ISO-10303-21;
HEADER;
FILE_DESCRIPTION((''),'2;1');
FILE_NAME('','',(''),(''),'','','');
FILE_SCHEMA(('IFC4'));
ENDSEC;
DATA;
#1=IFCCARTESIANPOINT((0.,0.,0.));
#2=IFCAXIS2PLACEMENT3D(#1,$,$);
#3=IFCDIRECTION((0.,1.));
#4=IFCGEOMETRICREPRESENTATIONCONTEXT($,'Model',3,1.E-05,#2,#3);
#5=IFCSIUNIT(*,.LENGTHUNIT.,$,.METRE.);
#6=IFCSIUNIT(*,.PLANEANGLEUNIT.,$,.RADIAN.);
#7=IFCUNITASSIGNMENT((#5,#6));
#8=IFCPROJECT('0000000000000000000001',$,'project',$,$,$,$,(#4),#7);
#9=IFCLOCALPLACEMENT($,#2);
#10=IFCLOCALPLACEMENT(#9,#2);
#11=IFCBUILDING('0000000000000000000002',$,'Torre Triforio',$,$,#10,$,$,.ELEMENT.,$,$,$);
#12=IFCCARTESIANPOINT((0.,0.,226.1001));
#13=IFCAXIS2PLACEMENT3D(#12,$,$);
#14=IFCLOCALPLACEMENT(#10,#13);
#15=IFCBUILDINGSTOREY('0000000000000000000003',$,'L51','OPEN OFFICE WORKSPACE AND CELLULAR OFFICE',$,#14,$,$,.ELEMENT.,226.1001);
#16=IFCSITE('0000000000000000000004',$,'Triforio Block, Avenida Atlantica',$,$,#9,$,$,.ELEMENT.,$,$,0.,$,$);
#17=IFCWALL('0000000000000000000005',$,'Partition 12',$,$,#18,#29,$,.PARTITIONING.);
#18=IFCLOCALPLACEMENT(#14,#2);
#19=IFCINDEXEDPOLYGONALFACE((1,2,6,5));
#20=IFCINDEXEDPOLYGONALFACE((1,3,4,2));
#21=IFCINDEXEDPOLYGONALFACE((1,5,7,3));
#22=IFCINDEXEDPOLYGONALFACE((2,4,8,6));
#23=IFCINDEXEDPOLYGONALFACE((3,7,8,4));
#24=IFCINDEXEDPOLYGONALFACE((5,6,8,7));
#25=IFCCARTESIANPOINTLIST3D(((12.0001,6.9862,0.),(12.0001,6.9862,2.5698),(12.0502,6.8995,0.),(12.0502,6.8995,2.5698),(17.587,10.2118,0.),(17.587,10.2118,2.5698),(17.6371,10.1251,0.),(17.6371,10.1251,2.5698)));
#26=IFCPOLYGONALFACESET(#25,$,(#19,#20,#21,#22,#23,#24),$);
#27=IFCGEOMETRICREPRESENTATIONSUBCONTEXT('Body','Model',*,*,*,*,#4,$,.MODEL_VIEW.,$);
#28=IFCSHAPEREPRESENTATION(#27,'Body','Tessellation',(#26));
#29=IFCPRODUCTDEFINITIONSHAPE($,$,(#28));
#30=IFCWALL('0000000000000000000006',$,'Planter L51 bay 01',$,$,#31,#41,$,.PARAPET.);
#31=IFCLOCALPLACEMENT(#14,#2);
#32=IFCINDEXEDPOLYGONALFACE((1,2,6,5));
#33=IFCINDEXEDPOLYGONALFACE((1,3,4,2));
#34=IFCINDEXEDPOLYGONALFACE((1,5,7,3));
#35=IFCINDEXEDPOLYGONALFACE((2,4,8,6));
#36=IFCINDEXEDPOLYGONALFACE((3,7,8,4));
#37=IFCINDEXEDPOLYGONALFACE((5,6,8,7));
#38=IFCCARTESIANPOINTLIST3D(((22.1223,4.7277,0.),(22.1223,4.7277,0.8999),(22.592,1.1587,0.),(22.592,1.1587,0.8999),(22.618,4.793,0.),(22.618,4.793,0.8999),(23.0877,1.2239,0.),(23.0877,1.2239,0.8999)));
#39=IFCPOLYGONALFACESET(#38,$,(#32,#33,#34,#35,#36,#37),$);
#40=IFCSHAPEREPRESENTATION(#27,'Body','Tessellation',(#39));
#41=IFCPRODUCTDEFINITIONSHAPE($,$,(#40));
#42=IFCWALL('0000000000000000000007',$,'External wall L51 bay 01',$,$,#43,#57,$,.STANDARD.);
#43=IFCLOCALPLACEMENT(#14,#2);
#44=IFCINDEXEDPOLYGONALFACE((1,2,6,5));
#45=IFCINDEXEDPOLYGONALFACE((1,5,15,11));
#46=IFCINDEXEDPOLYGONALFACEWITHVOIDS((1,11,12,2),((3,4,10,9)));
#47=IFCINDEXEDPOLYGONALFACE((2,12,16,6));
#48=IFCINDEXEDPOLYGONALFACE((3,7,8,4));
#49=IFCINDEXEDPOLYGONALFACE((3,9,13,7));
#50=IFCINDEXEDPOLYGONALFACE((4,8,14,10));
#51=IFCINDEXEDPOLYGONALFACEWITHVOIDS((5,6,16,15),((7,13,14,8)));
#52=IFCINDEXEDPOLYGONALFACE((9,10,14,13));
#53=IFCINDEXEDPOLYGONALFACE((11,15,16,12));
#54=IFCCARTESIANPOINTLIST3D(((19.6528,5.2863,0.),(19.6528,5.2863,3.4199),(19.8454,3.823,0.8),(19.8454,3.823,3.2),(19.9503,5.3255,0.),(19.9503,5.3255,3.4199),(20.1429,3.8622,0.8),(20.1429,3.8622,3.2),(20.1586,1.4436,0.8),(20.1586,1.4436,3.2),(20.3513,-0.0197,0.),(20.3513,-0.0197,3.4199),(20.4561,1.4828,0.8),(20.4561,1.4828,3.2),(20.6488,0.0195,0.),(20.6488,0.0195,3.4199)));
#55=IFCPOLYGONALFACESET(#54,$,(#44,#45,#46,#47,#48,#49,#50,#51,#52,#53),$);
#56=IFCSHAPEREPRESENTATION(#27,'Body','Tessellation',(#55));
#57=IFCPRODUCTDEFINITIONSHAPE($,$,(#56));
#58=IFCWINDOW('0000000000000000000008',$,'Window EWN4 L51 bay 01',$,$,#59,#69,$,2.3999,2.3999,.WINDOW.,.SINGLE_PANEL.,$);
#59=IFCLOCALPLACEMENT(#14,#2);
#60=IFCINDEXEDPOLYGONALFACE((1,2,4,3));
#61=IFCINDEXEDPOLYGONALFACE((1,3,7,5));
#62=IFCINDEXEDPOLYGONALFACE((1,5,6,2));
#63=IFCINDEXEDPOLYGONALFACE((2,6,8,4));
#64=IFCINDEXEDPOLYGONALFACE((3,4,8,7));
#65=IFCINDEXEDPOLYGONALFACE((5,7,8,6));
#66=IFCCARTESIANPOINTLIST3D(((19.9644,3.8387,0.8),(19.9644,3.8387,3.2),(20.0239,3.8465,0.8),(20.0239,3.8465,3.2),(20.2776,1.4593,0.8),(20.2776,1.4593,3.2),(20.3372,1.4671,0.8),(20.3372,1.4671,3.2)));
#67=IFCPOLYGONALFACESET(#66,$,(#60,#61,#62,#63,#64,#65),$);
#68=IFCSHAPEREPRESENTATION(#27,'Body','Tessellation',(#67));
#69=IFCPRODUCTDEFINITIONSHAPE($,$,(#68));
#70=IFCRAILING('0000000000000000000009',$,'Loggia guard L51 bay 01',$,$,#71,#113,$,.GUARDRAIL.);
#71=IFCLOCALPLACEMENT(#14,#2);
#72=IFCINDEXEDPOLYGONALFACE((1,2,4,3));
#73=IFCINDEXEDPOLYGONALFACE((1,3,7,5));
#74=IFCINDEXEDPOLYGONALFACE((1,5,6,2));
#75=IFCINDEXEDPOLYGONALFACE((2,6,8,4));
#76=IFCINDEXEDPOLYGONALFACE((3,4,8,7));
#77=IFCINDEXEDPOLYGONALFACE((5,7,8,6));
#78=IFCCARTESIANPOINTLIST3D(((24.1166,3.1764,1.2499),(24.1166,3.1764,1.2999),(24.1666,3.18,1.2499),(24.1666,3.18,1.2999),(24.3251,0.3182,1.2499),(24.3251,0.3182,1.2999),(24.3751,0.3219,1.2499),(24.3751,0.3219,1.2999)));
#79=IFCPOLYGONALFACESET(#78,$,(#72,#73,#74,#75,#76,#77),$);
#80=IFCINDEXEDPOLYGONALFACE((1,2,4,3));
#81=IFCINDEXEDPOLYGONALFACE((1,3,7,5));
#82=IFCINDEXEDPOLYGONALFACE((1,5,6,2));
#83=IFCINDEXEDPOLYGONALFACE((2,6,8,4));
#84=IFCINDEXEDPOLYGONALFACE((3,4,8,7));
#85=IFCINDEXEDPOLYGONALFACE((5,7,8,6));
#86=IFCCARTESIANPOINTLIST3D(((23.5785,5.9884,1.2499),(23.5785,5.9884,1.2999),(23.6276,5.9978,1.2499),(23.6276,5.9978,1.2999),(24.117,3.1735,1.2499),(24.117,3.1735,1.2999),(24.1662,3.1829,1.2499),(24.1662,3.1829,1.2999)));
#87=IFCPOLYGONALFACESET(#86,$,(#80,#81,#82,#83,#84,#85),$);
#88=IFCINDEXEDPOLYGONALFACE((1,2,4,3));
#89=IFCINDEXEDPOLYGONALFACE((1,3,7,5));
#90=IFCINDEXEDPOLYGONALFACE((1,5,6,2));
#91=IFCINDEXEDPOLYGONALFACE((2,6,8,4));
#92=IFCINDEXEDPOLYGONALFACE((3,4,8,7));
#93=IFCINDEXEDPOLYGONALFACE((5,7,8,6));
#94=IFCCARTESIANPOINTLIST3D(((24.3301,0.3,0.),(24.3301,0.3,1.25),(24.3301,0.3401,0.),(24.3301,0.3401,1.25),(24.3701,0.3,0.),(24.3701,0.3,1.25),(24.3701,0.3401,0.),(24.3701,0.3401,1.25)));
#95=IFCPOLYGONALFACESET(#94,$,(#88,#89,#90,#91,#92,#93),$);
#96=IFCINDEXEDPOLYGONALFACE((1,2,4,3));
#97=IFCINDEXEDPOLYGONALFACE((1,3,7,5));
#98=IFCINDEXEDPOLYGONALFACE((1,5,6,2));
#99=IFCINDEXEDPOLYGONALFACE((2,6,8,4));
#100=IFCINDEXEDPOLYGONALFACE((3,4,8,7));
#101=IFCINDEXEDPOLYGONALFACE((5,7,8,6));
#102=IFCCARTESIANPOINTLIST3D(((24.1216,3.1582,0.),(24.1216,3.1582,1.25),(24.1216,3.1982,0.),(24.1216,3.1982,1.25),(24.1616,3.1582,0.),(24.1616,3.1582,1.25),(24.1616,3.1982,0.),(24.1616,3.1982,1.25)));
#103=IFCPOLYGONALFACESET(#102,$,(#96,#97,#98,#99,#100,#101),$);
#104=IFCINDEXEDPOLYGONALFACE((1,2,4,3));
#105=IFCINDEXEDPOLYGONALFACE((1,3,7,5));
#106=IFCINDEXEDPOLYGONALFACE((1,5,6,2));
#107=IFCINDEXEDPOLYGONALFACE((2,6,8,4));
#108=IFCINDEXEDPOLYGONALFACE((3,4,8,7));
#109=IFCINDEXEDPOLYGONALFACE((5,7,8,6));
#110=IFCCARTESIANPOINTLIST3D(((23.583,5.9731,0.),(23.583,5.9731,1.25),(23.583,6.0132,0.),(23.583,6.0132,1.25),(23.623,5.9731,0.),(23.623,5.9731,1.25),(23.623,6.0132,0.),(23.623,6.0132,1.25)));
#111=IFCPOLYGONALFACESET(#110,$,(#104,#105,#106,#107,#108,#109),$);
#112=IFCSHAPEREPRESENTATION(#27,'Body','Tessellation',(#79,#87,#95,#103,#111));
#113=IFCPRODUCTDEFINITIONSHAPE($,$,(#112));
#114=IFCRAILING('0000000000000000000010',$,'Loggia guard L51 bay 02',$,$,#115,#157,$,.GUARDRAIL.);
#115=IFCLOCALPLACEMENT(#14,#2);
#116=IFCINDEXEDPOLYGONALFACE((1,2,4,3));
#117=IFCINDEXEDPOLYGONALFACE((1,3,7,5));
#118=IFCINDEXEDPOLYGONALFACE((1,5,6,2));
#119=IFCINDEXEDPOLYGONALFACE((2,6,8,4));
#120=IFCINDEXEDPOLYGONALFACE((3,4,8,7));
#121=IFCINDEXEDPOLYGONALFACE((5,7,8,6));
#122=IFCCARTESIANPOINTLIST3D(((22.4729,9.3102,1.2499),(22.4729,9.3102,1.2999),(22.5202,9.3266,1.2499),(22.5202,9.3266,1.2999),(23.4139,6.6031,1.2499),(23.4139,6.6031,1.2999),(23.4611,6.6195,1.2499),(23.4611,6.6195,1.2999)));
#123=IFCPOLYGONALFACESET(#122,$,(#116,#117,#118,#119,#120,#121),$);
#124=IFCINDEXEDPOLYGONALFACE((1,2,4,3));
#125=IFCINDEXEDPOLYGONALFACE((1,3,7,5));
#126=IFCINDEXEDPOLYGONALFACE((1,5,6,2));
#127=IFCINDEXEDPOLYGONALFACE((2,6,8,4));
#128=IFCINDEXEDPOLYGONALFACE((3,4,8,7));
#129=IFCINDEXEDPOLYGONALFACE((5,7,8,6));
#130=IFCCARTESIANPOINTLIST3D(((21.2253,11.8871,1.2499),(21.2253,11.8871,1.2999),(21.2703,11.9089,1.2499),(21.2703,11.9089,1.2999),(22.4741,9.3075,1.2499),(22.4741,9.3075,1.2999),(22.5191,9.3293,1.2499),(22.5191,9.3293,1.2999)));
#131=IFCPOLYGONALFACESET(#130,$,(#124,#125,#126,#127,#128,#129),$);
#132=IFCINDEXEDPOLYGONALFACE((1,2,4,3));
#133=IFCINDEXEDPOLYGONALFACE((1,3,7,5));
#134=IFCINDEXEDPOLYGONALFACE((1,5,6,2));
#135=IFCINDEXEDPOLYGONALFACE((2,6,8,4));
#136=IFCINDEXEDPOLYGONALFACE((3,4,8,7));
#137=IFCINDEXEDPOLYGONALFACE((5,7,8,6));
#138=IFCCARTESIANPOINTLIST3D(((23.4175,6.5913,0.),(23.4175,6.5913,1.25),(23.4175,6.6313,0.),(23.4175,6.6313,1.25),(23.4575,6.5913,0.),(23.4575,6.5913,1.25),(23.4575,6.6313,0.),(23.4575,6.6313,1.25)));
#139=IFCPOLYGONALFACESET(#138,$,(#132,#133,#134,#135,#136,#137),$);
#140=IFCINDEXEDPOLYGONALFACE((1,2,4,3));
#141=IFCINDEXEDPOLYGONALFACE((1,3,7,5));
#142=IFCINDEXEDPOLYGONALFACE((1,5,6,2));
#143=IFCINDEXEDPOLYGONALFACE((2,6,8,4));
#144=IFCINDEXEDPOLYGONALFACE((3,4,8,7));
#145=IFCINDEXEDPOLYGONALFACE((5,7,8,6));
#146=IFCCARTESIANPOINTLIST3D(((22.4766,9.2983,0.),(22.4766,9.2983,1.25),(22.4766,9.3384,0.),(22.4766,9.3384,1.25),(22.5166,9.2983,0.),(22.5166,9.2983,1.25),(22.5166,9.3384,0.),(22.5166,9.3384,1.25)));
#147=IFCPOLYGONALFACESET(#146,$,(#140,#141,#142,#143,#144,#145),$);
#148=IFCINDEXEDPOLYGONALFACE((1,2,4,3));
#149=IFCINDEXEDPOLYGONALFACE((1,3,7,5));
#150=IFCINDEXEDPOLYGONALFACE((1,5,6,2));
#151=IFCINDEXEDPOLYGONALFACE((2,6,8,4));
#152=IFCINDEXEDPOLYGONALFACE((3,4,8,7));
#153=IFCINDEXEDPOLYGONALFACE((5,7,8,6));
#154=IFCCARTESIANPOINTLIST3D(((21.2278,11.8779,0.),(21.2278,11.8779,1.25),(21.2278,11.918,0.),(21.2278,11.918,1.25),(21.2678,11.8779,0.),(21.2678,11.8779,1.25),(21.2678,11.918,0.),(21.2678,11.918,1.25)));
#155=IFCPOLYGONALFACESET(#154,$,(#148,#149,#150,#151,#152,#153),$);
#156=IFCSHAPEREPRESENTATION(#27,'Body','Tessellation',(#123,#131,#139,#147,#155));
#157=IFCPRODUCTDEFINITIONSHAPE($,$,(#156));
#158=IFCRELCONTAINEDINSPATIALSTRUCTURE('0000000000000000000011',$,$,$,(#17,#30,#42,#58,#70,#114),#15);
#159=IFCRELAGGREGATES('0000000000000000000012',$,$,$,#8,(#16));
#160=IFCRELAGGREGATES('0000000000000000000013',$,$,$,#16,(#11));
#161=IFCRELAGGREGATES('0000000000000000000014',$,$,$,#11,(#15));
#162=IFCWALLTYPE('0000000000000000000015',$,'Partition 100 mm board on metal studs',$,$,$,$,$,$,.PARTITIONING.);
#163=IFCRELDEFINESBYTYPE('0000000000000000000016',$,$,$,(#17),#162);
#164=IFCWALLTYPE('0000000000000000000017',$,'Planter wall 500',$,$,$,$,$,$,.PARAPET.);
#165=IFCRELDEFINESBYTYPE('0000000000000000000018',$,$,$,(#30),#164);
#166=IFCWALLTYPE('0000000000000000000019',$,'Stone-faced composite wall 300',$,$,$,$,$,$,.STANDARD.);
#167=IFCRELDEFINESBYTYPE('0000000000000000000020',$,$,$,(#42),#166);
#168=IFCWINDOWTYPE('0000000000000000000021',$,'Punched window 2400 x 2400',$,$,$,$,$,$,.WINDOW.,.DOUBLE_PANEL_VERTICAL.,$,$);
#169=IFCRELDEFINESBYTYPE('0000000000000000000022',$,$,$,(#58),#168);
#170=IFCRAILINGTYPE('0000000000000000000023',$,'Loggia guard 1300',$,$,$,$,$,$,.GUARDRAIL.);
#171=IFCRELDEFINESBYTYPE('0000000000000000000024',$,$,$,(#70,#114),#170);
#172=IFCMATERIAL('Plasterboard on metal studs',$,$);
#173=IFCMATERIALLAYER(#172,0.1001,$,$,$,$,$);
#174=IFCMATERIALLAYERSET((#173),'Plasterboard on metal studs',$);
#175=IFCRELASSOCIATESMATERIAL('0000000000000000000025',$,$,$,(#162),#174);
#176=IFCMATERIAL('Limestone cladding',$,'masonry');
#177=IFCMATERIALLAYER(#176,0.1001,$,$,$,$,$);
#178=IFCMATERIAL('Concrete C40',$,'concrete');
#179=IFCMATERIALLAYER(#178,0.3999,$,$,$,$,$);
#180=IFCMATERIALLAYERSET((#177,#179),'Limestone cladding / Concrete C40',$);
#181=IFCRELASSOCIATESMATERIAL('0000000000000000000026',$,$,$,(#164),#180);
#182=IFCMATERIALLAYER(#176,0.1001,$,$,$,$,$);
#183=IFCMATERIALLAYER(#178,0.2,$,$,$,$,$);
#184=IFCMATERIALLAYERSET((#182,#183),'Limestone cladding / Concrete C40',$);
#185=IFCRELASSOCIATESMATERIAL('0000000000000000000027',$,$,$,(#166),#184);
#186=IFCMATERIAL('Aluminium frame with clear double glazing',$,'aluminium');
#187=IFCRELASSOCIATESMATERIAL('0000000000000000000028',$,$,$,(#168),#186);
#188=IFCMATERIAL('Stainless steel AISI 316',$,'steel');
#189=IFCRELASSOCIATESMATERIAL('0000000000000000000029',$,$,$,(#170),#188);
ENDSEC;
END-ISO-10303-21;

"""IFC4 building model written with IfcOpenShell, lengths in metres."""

from ifc_helpers import new_model, si_unit, direction, frame, frame_2d, origin, origin_2d, place, context, subcontext, project, spatial, rectangle, extrude, material, layer, layer_set, type_object, element, fill, save


model = new_model("IFC4")

# Units and contexts
model_context = context("Model", 3, precision=1e-05, world=origin(), true_north=direction((0.0, 1.0)))
body_context = subcontext(model_context, "Body", "Model", "MODEL_VIEW")
ifc_project = project(units=[si_unit("LENGTHUNIT", "METRE"), si_unit("PLANEANGLEUNIT", "RADIAN")], contexts=[model_context])

# Site, building, storey
site_placement = place(None, origin())
site = spatial("IfcSite", under=ifc_project, at=site_placement, Name="Triforio Block, Avenida Atlantica", CompositionType="ELEMENT", RefElevation=0.0)
building_placement = place(site_placement, origin())
building = spatial("IfcBuilding", under=site, at=building_placement, Name="Torre Triforio", CompositionType="ELEMENT")
storey_placement = place(building_placement, frame((0.0, 0.0, 226.1001)))
storey = spatial("IfcBuildingStorey", under=building, at=storey_placement, Name="L51", Description="OPEN OFFICE WORKSPACE AND CELLULAR OFFICE", CompositionType="ELEMENT", Elevation=226.1001)

# Shared definitions
ifc_material_1 = material(Name="Concrete C40", Category="concrete")

# Shared definitions
ifc_material_2 = material(Name="Plasterboard on metal studs")

# Walls
ifc_layer_1 = layer(ifc_material_2, 0.1001)
ifc_layer_set_1 = layer_set([ifc_layer_1], Name="Plasterboard on metal studs")
wall_type_1 = type_object("IfcWallType", Name="Partition 100 mm board on metal studs", PredefinedType="PARTITIONING", material=ifc_layer_set_1)
wall_1_placement = place(storey_placement, frame((12.0251, 6.9429, 0.0), z_axis=(0.0, 0.0, 1.0), x_axis=(0.866027, 0.499998, 0.0)))
element("IfcWall", 1, at=wall_1_placement, inside=storey, type_object=wall_type_1, Name="Partition 12", PredefinedType="PARTITIONING", context=body_context, shape_type="SweptSolid", body=[
    extrude(rectangle(XDim=6.4512, YDim=0.1001, at=frame_2d((3.2256, 0.0))), origin(), (0.0, 0.0, 1.0), 2.5698),
])
ifc_material_3 = material(Name="Limestone cladding", Category="masonry")
ifc_layer_2 = layer(ifc_material_3, 0.1001)
ifc_layer_3 = layer(ifc_material_1, 0.3999)
ifc_layer_set_2 = layer_set([ifc_layer_2, ifc_layer_3], Name="Limestone cladding / Concrete C40")
wall_type_2 = type_object("IfcWallType", Name="Planter wall 500", PredefinedType="PARAPET", material=ifc_layer_set_2)
wall_2_placement = place(storey_placement, frame((22.8398, 1.1914, 0.0), z_axis=(0.0, 0.0, 1.0), x_axis=(-0.130484, 0.99145, 0.0)))
element("IfcWall", 2, at=wall_2_placement, inside=storey, type_object=wall_type_2, Name="Planter L51 bay 01", PredefinedType="PARAPET", context=body_context, shape_type="SweptSolid", body=[
    extrude(rectangle(XDim=3.5999, YDim=0.5, at=frame_2d((1.7998, 0.0))), origin(), (0.0, 0.0, 1.0), 0.8999),
])

# Wall, opening, window
ifc_layer_4 = layer(ifc_material_3, 0.1001)
ifc_layer_5 = layer(ifc_material_1, 0.2)
ifc_layer_set_3 = layer_set([ifc_layer_4, ifc_layer_5], Name="Limestone cladding / Concrete C40")
wall_type_3 = type_object("IfcWallType", Name="Stone-faced composite wall 300", PredefinedType="STANDARD", material=ifc_layer_set_3)
wall_3_placement = place(storey_placement, frame((20.5, 0.0, 0.0), z_axis=(0.0, 0.0, 1.0), x_axis=(-0.130517, 0.991446, 0.0)))
wall_3 = element("IfcWall", 3, at=wall_3_placement, inside=storey, type_object=wall_type_3, Name="External wall L51 bay 01", PredefinedType="STANDARD", context=body_context, shape_type="SweptSolid", body=[
    extrude(rectangle(XDim=5.3518, YDim=0.3, at=frame_2d((2.6758, 0.0))), origin(), (0.0, 0.0, 1.0), 3.4199),
])
opening_1_placement = place(wall_3_placement, frame((1.4758, 0.0, 0.8)))
opening_1 = element("IfcOpeningElement", 4, at=opening_1_placement, cuts=wall_3, PredefinedType="OPENING", context=body_context, shape_type="SweptSolid", body=[
    extrude(rectangle(XDim=2.3999, YDim=2.3999, at=frame_2d((1.2, 1.2))), frame((0.0, 0.1599, 0.0), z_axis=(0.0, -1.0, 0.0), x_axis=(1.0, 0.0, 0.0)), (0.0, 0.0, 1.0), 0.3201),
])
ifc_material_4 = material(Name="Aluminium frame with clear double glazing", Category="aluminium")
window_type_1 = type_object("IfcWindowType", Name="Punched window 2400 x 2400", PartitioningType="DOUBLE_PANEL_VERTICAL", PredefinedType="WINDOW", material=ifc_material_4)
window_1_placement = place(opening_1_placement, origin())
window_1 = element("IfcWindow", 5, at=window_1_placement, inside=storey, type_object=window_type_1, Name="Window EWN4 L51 bay 01", OverallHeight=2.3999, OverallWidth=2.3999, PartitioningType="SINGLE_PANEL", PredefinedType="WINDOW", context=body_context, shape_type="SweptSolid", body=[
    extrude(rectangle(XDim=2.3999, YDim=2.3999, at=frame_2d((1.2, 1.2))), frame((0.0, 0.03, 0.0), z_axis=(0.0, -1.0, 0.0), x_axis=(1.0, 0.0, 0.0)), (0.0, 0.0, 1.0), 0.0601),
])
fill(opening_1, window_1)

# Railings
ifc_material_5 = material(Name="Stainless steel AISI 316", Category="steel")
railing_type = type_object("IfcRailingType", Name="Loggia guard 1300", PredefinedType="GUARDRAIL", material=ifc_material_5)
railing_1_placement = place(storey_placement, frame((24.3501, 0.3201, 0.0)))
element("IfcRailing", 6, at=railing_1_placement, inside=storey, type_object=railing_type, Name="Loggia guard L51 bay 01", PredefinedType="GUARDRAIL", context=body_context, shape_type="SweptSolid", body=[
    extrude(rectangle(XDim=0.05, YDim=0.05, at=origin_2d()), frame((0.0, 0.0, 1.2749), z_axis=(-0.072754, 0.99735, 0.0), x_axis=(-0.99735, -0.072754, 0.0)), (0.0, 0.0, 1.0), 2.8657),
    extrude(rectangle(XDim=0.05, YDim=0.05, at=origin_2d()), frame((-0.2085, 2.8582, 1.2749), z_axis=(-0.187918, 0.982185, 0.0), x_axis=(-0.982185, -0.187918, 0.0)), (0.0, 0.0, 1.0), 2.866),
    extrude(rectangle(XDim=0.04, YDim=0.04, at=origin_2d()), origin(), (0.0, 0.0, 1.0), 1.25),
    extrude(rectangle(XDim=0.04, YDim=0.04, at=origin_2d()), frame((-0.2085, 2.8582, 0.0)), (0.0, 0.0, 1.0), 1.25),
    extrude(rectangle(XDim=0.04, YDim=0.04, at=origin_2d()), frame((-0.7471, 5.6731, 0.0)), (0.0, 0.0, 1.0), 1.25),
])
railing_2_placement = place(storey_placement, frame((23.4375, 6.6113, 0.0)))
element("IfcRailing", 7, at=railing_2_placement, inside=storey, type_object=railing_type, Name="Loggia guard L51 bay 02", PredefinedType="GUARDRAIL", context=body_context, shape_type="SweptSolid", body=[
    extrude(rectangle(XDim=0.05, YDim=0.05, at=origin_2d()), frame((0.0, 0.0, 1.2749), z_axis=(-0.328316, 0.944568, 0.0), x_axis=(-0.944568, -0.328316, 0.0)), (0.0, 0.0, 1.0), 2.866),
    extrude(rectangle(XDim=0.05, YDim=0.05, at=origin_2d()), frame((-0.9409, 2.707, 1.2749), z_axis=(-0.435728, 0.900078, 0.0), x_axis=(-0.900078, -0.435728, 0.0)), (0.0, 0.0, 1.0), 2.866),
    extrude(rectangle(XDim=0.04, YDim=0.04, at=origin_2d()), origin(), (0.0, 0.0, 1.0), 1.25),
    extrude(rectangle(XDim=0.04, YDim=0.04, at=origin_2d()), frame((-0.9409, 2.707, 0.0)), (0.0, 0.0, 1.0), 1.25),
    extrude(rectangle(XDim=0.04, YDim=0.04, at=origin_2d()), frame((-2.1897, 5.2866, 0.0)), (0.0, 0.0, 1.0), 1.25),
])

save(model, "model.ifc")
